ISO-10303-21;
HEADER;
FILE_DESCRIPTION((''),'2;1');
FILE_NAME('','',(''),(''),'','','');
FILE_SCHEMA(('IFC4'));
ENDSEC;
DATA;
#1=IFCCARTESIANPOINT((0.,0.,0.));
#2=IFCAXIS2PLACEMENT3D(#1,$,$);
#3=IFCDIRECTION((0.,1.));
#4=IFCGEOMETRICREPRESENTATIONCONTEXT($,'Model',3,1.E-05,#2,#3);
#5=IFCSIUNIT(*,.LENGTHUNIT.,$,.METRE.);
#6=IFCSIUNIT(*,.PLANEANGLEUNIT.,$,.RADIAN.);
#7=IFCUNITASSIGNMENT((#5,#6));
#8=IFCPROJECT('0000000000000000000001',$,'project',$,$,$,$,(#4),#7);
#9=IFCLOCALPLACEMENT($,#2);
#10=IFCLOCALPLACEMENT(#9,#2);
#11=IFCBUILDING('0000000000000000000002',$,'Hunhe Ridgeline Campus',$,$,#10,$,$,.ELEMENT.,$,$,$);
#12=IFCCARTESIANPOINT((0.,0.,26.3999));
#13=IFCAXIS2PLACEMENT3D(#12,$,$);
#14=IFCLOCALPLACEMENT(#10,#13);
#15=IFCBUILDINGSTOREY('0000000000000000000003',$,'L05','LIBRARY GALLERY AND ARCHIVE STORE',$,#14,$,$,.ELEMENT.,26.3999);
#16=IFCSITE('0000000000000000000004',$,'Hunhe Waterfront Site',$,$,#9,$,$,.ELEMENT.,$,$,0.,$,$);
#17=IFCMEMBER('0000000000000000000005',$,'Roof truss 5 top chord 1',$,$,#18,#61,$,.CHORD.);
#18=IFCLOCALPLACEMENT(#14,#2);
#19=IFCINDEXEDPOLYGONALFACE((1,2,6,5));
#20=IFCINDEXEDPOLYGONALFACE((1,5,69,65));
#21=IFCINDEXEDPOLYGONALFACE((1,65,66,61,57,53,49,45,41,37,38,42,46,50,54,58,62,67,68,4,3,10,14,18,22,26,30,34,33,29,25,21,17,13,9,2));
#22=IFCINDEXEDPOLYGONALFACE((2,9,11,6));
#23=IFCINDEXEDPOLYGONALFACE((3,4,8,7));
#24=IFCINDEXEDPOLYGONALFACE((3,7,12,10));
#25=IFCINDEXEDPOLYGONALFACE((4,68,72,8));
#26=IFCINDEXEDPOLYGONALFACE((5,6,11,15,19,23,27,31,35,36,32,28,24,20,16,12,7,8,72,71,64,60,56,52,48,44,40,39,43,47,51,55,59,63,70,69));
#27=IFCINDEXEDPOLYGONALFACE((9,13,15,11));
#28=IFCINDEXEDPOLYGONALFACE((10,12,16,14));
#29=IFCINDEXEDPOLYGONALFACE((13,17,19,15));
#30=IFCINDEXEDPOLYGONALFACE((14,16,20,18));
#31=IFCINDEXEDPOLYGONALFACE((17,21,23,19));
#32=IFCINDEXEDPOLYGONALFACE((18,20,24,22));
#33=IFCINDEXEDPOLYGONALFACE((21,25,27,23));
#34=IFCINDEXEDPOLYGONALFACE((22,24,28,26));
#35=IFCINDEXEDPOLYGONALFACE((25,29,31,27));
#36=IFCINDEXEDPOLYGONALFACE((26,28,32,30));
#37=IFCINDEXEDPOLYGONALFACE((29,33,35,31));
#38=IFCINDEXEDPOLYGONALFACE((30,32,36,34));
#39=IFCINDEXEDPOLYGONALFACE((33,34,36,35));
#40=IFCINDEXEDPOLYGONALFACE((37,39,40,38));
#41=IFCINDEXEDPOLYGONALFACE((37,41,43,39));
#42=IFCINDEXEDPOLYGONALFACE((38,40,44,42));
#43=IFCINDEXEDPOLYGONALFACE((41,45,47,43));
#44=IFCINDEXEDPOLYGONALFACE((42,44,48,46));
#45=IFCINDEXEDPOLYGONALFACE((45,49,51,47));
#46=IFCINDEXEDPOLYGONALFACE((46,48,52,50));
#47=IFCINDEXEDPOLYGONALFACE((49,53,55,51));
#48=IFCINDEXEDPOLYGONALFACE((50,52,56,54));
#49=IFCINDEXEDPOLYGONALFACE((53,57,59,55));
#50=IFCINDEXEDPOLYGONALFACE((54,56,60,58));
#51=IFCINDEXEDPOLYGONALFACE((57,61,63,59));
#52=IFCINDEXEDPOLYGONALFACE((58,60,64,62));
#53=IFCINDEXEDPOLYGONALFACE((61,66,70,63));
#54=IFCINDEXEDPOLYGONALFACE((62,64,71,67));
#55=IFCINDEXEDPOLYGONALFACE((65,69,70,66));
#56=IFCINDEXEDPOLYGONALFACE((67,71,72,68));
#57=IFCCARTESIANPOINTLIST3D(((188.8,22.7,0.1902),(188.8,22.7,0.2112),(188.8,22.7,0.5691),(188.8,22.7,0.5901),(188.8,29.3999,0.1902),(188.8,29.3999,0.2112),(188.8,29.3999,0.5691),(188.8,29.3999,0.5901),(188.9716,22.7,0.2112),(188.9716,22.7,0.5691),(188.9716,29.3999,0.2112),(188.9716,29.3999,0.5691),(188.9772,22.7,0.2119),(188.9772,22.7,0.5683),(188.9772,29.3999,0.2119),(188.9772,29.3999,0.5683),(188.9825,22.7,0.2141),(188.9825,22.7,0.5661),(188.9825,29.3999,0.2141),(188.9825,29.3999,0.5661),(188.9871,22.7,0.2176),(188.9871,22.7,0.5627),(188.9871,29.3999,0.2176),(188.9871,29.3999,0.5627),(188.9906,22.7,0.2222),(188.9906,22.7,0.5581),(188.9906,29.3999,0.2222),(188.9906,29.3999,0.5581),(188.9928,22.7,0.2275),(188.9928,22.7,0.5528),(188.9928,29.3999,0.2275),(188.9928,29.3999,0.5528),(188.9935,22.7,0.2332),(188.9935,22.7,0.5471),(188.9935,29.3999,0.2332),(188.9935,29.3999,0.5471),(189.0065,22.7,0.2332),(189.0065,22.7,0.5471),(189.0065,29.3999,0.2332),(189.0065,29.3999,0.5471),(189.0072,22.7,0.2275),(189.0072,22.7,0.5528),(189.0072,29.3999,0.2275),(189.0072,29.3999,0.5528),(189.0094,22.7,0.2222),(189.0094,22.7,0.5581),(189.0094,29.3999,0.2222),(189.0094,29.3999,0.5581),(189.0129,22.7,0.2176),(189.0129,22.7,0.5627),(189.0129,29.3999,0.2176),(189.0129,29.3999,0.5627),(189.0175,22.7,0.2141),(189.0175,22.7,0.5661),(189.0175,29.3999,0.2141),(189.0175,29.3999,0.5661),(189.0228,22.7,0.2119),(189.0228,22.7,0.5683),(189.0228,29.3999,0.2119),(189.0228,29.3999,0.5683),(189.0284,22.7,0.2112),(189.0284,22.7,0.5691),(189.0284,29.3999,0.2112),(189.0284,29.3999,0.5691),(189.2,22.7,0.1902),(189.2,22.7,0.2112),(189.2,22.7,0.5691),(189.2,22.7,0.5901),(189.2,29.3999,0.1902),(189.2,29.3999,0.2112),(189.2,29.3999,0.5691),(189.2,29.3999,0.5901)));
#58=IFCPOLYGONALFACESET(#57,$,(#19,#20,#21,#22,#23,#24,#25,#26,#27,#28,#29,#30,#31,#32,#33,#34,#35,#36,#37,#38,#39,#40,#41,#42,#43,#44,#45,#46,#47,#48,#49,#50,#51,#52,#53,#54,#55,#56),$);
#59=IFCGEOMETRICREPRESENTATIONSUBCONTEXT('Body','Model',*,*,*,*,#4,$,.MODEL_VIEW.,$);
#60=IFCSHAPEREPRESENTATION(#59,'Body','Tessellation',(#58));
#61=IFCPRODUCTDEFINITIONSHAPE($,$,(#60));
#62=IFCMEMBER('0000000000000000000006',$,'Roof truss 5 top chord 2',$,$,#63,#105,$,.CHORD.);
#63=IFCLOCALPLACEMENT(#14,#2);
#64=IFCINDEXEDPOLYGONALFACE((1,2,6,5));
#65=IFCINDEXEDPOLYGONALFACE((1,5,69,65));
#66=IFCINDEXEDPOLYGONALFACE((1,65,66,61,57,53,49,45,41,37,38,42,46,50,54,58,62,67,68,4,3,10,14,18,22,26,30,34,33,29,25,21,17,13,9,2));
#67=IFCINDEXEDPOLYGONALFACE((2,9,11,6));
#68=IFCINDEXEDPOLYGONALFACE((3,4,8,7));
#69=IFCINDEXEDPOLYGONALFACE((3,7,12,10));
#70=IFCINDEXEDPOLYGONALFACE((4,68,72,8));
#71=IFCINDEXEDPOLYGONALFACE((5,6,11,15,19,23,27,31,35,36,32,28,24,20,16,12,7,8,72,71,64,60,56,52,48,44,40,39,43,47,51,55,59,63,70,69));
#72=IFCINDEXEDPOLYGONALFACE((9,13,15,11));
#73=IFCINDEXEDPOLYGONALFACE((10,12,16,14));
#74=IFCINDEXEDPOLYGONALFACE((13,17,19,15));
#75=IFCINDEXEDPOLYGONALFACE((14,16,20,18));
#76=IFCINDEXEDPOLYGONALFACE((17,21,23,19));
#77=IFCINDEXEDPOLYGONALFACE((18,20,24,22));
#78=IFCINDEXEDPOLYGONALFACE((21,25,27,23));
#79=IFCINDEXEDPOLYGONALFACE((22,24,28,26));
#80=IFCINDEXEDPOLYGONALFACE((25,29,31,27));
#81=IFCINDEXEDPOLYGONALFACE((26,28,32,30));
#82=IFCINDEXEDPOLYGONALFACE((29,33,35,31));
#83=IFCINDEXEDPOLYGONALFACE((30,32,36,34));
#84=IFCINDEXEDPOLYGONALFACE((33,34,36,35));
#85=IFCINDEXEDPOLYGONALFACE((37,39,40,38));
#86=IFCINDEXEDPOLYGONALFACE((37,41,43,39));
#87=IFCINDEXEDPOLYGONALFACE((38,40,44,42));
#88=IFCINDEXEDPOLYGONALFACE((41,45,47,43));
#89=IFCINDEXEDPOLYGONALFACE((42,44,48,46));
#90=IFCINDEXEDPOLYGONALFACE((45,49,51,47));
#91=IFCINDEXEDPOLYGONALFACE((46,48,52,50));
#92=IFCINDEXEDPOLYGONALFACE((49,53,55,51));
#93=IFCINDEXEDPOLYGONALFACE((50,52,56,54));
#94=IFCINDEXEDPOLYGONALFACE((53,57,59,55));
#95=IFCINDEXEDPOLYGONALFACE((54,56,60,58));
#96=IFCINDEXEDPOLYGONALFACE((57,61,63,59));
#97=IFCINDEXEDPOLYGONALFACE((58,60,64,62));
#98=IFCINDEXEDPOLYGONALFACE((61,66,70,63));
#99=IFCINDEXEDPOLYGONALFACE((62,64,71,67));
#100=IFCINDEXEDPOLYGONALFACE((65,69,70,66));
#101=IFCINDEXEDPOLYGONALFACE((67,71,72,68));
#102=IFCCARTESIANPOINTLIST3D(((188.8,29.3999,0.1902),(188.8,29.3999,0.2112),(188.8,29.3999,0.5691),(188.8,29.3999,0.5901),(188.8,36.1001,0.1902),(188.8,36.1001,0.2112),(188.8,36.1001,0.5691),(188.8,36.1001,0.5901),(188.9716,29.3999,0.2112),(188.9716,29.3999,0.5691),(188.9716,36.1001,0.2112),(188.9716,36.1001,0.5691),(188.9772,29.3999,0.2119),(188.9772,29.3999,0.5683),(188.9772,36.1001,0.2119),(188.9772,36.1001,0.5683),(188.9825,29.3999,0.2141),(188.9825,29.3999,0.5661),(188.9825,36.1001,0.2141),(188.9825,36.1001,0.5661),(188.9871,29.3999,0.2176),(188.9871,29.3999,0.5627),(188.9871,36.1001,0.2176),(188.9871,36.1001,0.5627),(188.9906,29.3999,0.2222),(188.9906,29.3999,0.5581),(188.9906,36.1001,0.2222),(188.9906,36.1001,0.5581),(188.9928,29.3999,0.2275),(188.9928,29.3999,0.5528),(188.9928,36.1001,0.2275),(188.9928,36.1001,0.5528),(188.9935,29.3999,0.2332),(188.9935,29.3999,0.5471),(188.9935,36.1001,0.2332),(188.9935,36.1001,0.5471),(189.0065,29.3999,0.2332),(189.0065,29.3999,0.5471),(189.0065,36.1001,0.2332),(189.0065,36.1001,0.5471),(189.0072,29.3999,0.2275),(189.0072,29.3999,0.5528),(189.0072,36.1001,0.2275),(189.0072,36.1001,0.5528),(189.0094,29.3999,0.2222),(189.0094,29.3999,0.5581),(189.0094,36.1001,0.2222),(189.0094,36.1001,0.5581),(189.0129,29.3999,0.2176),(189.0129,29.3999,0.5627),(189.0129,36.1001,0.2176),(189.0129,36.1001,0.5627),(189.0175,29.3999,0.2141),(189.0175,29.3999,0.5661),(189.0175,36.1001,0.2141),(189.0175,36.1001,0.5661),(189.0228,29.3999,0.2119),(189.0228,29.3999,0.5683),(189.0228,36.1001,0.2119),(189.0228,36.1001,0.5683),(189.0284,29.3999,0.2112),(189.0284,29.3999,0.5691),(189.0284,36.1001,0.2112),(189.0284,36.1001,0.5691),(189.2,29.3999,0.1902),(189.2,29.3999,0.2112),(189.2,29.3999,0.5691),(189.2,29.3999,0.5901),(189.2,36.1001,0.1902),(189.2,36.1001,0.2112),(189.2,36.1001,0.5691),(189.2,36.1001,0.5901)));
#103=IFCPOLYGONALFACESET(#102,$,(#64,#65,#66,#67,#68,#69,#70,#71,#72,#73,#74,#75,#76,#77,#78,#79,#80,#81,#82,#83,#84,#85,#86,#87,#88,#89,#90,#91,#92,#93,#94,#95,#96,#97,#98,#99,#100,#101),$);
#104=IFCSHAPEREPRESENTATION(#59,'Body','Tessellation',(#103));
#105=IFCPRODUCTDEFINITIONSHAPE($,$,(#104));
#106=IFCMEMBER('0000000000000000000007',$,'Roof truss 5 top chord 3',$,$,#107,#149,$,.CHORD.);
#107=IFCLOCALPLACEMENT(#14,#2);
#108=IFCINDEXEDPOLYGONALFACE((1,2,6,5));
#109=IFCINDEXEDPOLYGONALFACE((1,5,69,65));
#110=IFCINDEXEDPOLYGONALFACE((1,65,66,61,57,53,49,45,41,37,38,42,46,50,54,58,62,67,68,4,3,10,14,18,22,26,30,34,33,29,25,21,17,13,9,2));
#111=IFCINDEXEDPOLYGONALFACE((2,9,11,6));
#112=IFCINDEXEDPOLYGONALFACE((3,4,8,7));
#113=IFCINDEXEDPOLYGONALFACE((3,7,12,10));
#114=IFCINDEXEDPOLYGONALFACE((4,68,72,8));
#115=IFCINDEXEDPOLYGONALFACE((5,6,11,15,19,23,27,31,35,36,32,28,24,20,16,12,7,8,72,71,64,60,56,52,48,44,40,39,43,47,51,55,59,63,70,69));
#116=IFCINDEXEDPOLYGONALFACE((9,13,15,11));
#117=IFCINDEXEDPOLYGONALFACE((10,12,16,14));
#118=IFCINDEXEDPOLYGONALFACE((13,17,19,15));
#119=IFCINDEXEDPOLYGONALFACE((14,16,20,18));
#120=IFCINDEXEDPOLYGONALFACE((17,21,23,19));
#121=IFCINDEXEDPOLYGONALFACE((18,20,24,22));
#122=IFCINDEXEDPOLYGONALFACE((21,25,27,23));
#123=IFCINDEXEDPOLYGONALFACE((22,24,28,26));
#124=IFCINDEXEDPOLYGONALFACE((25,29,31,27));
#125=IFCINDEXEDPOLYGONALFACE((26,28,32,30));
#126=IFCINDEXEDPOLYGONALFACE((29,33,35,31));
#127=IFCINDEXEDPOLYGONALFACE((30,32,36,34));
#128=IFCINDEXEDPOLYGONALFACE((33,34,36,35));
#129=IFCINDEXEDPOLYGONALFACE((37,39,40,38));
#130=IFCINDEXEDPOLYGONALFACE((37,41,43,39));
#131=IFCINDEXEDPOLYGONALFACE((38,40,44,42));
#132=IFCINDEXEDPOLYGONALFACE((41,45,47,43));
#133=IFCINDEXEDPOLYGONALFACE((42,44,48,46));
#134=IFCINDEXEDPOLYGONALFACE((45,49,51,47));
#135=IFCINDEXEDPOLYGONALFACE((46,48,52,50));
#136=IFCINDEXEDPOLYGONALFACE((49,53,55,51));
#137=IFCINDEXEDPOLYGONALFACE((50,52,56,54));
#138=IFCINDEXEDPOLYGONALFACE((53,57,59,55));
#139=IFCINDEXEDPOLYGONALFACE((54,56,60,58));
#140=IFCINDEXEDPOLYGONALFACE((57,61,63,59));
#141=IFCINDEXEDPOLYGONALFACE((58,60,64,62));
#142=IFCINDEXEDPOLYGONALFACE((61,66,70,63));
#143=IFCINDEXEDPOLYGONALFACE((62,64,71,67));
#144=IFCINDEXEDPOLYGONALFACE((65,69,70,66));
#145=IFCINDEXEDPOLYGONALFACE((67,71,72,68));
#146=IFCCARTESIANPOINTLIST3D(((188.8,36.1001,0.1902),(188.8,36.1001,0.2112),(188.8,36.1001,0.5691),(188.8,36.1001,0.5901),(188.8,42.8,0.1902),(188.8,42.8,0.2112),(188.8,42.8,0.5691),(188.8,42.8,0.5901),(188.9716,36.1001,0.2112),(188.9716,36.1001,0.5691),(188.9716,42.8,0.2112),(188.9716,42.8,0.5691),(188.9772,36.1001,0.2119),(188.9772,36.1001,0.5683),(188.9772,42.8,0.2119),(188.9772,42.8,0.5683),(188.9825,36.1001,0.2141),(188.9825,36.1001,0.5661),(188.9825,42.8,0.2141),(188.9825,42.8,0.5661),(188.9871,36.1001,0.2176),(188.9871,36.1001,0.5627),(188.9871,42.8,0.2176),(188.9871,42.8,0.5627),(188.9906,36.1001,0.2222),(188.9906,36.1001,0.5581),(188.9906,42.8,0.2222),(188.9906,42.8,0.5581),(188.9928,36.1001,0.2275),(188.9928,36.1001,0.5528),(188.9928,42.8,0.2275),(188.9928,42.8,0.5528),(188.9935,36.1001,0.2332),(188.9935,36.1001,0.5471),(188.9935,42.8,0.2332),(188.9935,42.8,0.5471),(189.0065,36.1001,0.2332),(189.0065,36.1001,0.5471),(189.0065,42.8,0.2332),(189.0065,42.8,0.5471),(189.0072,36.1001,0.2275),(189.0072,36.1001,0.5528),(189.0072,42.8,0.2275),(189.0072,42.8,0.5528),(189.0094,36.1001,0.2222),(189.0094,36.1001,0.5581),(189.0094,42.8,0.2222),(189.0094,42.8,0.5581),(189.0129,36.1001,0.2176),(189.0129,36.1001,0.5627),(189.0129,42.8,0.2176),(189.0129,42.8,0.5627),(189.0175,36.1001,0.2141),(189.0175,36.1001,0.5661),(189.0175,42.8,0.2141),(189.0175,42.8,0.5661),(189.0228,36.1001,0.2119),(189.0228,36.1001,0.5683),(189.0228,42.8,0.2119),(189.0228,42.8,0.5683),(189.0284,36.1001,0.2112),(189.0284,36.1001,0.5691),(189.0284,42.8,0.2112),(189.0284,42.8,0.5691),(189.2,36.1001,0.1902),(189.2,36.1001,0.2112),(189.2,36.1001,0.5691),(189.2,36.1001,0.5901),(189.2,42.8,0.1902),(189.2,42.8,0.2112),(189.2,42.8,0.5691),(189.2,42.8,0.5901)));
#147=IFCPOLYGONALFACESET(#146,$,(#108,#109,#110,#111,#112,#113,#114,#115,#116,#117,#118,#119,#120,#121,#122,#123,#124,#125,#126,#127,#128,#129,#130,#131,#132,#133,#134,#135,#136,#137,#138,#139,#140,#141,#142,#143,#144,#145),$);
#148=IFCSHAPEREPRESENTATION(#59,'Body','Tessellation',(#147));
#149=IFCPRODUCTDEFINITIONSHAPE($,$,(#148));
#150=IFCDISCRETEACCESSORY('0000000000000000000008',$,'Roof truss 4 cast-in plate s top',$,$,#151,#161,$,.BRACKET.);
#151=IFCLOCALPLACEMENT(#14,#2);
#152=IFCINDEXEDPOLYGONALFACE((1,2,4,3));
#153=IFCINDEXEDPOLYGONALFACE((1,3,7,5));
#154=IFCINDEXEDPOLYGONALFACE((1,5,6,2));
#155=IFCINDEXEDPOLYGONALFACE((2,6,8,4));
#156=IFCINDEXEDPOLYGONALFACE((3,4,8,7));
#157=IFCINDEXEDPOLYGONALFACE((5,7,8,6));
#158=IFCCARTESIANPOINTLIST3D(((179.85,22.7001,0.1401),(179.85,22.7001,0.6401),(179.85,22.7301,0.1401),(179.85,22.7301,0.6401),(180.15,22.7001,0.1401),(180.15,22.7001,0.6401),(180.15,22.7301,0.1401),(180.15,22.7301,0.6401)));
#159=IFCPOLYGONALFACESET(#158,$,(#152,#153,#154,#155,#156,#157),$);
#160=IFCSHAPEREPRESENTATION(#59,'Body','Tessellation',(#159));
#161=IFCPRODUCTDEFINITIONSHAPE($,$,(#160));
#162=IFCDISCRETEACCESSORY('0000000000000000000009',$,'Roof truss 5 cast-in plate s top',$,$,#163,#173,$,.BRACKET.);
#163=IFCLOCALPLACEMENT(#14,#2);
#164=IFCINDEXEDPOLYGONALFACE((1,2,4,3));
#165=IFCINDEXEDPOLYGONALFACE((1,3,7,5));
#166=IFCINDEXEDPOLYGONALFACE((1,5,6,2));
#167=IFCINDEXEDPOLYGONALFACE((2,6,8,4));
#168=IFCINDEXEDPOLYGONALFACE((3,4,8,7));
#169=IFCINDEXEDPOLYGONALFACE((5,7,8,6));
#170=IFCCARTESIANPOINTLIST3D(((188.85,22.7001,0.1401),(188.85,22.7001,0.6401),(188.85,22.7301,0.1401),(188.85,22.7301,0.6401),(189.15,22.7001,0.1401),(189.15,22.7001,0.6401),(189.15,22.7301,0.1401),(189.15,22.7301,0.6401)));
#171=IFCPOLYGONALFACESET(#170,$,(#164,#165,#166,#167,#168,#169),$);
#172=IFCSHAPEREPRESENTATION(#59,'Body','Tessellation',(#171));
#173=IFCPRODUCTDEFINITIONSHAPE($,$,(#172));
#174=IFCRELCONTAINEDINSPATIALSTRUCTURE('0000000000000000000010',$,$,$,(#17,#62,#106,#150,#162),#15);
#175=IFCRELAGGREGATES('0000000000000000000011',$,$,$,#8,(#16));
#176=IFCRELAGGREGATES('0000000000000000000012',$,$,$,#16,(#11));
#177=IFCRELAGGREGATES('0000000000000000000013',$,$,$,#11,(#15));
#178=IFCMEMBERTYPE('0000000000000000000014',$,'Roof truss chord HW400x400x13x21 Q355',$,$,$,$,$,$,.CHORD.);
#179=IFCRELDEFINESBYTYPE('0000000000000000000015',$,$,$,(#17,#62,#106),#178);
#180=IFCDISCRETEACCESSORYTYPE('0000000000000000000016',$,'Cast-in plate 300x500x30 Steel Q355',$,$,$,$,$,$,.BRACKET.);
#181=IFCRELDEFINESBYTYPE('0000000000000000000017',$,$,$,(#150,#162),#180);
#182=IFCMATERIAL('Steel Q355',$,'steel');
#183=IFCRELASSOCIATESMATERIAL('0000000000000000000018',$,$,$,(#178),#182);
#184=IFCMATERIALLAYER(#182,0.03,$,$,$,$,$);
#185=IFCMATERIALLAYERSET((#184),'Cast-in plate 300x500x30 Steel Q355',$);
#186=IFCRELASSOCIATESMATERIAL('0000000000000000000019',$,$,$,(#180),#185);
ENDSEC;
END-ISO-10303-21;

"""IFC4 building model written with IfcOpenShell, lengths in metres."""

from ifc_helpers import new_model, si_unit, direction, frame, origin, origin_2d, place, context, subcontext, project, spatial, rectangle, i_section, extrude, material, layer, layer_set, material_profile, profile_set, type_object, element, save


model = new_model("IFC4")

# Units and contexts
model_context = context("Model", 3, precision=1e-05, world=origin(), true_north=direction((0.0, 1.0)))
body_context = subcontext(model_context, "Body", "Model", "MODEL_VIEW")
ifc_project = project(units=[si_unit("LENGTHUNIT", "METRE"), si_unit("PLANEANGLEUNIT", "RADIAN")], contexts=[model_context])

# Site, building, storey
site_placement = place(None, origin())
site = spatial("IfcSite", under=ifc_project, at=site_placement, Name="Hunhe Waterfront Site", CompositionType="ELEMENT", RefElevation=0.0)
building_placement = place(site_placement, origin())
building = spatial("IfcBuilding", under=site, at=building_placement, Name="Hunhe Ridgeline Campus", CompositionType="ELEMENT")
storey_placement = place(building_placement, frame((0.0, 0.0, 26.3999)))
storey = spatial("IfcBuildingStorey", under=building, at=storey_placement, Name="L05", Description="LIBRARY GALLERY AND ARCHIVE STORE", CompositionType="ELEMENT", Elevation=26.3999)

# Members
ifc_material = material(Name="Steel Q355", Category="steel")
ifc_material_profile_1 = material_profile(ifc_material, i_section(OverallWidth=0.3999, OverallDepth=0.3999, WebThickness=0.0129, FlangeThickness=0.021, FilletRadius=0.022, at=origin_2d()))
ifc_profile_set_1 = profile_set([ifc_material_profile_1], Name="Steel Q355")
member_type_1 = type_object("IfcMemberType", Name="Roof truss chord HW400x400x13x21 Q355", PredefinedType="CHORD", material=ifc_profile_set_1)
for number, where, z_axis, x_axis, name in (
    (1, (189.0, 22.7, 0.3901), (0.0, 1.0, 0.0), (-1.0, 0.0, 0.0), "Roof truss 5 top chord 1"),
):
    element("IfcMember", number, at=place(storey_placement, frame(where, z_axis=z_axis, x_axis=x_axis)), inside=storey, type_object=member_type_1, Name=name, PredefinedType="CHORD", context=body_context, shape_type="SweptSolid", body=[
        extrude(i_section(OverallWidth=0.3999, OverallDepth=0.3999, WebThickness=0.0129, FlangeThickness=0.021, FilletRadius=0.022, at=origin_2d()), origin(), (0.0, 0.0, 1.0), 6.7),
    ])
member_1_placement = place(storey_placement, frame((189.0, 29.3999, 0.3901), z_axis=(0.0, 1.0, 0.0), x_axis=(-1.0, 0.0, 0.0)))
element("IfcMember", 2, at=member_1_placement, inside=storey, type_object=member_type_1, Name="Roof truss 5 top chord 2", PredefinedType="CHORD", context=body_context, shape_type="SweptSolid", body=[
    extrude(i_section(OverallWidth=0.3999, OverallDepth=0.3999, WebThickness=0.0129, FlangeThickness=0.021, FilletRadius=0.022, at=origin_2d()), origin(), (0.0, 0.0, 1.0), 6.7002),
])
member_2_placement = place(storey_placement, frame((189.0, 36.1001, 0.3901), z_axis=(0.0, 1.0, 0.0), x_axis=(-1.0, 0.0, 0.0)))
element("IfcMember", 3, at=member_2_placement, inside=storey, type_object=member_type_1, Name="Roof truss 5 top chord 3", PredefinedType="CHORD", context=body_context, shape_type="SweptSolid", body=[
    extrude(i_section(OverallWidth=0.3999, OverallDepth=0.3999, WebThickness=0.0129, FlangeThickness=0.021, FilletRadius=0.022, at=origin_2d()), origin(), (0.0, 0.0, 1.0), 6.7),
])

# Discrete accessories
ifc_layer = layer(ifc_material, 0.03)
ifc_layer_set = layer_set([ifc_layer], Name="Cast-in plate 300x500x30 Steel Q355")
discrete_accessory_type = type_object("IfcDiscreteAccessoryType", Name="Cast-in plate 300x500x30 Steel Q355", PredefinedType="BRACKET", material=ifc_layer_set)
for number, where, z_axis, x_axis, name in (
    (4, (180.0, 22.7151, 0.1401), (0.0, 0.0, 1.0), (0.0, 1.0, 0.0), "Roof truss 4 cast-in plate s top"),
    (5, (189.0, 22.7151, 0.1401), (0.0, 0.0, 1.0), (0.0, 1.0, 0.0), "Roof truss 5 cast-in plate s top"),
):
    element("IfcDiscreteAccessory", number, at=place(storey_placement, frame(where, z_axis=z_axis, x_axis=x_axis)), inside=storey, type_object=discrete_accessory_type, Name=name, PredefinedType="BRACKET", context=body_context, shape_type="SweptSolid", body=[
        extrude(rectangle(XDim=0.03, YDim=0.3, at=origin_2d()), origin(), (0.0, 0.0, 1.0), 0.5),
    ])

save(model, "model.ifc")
